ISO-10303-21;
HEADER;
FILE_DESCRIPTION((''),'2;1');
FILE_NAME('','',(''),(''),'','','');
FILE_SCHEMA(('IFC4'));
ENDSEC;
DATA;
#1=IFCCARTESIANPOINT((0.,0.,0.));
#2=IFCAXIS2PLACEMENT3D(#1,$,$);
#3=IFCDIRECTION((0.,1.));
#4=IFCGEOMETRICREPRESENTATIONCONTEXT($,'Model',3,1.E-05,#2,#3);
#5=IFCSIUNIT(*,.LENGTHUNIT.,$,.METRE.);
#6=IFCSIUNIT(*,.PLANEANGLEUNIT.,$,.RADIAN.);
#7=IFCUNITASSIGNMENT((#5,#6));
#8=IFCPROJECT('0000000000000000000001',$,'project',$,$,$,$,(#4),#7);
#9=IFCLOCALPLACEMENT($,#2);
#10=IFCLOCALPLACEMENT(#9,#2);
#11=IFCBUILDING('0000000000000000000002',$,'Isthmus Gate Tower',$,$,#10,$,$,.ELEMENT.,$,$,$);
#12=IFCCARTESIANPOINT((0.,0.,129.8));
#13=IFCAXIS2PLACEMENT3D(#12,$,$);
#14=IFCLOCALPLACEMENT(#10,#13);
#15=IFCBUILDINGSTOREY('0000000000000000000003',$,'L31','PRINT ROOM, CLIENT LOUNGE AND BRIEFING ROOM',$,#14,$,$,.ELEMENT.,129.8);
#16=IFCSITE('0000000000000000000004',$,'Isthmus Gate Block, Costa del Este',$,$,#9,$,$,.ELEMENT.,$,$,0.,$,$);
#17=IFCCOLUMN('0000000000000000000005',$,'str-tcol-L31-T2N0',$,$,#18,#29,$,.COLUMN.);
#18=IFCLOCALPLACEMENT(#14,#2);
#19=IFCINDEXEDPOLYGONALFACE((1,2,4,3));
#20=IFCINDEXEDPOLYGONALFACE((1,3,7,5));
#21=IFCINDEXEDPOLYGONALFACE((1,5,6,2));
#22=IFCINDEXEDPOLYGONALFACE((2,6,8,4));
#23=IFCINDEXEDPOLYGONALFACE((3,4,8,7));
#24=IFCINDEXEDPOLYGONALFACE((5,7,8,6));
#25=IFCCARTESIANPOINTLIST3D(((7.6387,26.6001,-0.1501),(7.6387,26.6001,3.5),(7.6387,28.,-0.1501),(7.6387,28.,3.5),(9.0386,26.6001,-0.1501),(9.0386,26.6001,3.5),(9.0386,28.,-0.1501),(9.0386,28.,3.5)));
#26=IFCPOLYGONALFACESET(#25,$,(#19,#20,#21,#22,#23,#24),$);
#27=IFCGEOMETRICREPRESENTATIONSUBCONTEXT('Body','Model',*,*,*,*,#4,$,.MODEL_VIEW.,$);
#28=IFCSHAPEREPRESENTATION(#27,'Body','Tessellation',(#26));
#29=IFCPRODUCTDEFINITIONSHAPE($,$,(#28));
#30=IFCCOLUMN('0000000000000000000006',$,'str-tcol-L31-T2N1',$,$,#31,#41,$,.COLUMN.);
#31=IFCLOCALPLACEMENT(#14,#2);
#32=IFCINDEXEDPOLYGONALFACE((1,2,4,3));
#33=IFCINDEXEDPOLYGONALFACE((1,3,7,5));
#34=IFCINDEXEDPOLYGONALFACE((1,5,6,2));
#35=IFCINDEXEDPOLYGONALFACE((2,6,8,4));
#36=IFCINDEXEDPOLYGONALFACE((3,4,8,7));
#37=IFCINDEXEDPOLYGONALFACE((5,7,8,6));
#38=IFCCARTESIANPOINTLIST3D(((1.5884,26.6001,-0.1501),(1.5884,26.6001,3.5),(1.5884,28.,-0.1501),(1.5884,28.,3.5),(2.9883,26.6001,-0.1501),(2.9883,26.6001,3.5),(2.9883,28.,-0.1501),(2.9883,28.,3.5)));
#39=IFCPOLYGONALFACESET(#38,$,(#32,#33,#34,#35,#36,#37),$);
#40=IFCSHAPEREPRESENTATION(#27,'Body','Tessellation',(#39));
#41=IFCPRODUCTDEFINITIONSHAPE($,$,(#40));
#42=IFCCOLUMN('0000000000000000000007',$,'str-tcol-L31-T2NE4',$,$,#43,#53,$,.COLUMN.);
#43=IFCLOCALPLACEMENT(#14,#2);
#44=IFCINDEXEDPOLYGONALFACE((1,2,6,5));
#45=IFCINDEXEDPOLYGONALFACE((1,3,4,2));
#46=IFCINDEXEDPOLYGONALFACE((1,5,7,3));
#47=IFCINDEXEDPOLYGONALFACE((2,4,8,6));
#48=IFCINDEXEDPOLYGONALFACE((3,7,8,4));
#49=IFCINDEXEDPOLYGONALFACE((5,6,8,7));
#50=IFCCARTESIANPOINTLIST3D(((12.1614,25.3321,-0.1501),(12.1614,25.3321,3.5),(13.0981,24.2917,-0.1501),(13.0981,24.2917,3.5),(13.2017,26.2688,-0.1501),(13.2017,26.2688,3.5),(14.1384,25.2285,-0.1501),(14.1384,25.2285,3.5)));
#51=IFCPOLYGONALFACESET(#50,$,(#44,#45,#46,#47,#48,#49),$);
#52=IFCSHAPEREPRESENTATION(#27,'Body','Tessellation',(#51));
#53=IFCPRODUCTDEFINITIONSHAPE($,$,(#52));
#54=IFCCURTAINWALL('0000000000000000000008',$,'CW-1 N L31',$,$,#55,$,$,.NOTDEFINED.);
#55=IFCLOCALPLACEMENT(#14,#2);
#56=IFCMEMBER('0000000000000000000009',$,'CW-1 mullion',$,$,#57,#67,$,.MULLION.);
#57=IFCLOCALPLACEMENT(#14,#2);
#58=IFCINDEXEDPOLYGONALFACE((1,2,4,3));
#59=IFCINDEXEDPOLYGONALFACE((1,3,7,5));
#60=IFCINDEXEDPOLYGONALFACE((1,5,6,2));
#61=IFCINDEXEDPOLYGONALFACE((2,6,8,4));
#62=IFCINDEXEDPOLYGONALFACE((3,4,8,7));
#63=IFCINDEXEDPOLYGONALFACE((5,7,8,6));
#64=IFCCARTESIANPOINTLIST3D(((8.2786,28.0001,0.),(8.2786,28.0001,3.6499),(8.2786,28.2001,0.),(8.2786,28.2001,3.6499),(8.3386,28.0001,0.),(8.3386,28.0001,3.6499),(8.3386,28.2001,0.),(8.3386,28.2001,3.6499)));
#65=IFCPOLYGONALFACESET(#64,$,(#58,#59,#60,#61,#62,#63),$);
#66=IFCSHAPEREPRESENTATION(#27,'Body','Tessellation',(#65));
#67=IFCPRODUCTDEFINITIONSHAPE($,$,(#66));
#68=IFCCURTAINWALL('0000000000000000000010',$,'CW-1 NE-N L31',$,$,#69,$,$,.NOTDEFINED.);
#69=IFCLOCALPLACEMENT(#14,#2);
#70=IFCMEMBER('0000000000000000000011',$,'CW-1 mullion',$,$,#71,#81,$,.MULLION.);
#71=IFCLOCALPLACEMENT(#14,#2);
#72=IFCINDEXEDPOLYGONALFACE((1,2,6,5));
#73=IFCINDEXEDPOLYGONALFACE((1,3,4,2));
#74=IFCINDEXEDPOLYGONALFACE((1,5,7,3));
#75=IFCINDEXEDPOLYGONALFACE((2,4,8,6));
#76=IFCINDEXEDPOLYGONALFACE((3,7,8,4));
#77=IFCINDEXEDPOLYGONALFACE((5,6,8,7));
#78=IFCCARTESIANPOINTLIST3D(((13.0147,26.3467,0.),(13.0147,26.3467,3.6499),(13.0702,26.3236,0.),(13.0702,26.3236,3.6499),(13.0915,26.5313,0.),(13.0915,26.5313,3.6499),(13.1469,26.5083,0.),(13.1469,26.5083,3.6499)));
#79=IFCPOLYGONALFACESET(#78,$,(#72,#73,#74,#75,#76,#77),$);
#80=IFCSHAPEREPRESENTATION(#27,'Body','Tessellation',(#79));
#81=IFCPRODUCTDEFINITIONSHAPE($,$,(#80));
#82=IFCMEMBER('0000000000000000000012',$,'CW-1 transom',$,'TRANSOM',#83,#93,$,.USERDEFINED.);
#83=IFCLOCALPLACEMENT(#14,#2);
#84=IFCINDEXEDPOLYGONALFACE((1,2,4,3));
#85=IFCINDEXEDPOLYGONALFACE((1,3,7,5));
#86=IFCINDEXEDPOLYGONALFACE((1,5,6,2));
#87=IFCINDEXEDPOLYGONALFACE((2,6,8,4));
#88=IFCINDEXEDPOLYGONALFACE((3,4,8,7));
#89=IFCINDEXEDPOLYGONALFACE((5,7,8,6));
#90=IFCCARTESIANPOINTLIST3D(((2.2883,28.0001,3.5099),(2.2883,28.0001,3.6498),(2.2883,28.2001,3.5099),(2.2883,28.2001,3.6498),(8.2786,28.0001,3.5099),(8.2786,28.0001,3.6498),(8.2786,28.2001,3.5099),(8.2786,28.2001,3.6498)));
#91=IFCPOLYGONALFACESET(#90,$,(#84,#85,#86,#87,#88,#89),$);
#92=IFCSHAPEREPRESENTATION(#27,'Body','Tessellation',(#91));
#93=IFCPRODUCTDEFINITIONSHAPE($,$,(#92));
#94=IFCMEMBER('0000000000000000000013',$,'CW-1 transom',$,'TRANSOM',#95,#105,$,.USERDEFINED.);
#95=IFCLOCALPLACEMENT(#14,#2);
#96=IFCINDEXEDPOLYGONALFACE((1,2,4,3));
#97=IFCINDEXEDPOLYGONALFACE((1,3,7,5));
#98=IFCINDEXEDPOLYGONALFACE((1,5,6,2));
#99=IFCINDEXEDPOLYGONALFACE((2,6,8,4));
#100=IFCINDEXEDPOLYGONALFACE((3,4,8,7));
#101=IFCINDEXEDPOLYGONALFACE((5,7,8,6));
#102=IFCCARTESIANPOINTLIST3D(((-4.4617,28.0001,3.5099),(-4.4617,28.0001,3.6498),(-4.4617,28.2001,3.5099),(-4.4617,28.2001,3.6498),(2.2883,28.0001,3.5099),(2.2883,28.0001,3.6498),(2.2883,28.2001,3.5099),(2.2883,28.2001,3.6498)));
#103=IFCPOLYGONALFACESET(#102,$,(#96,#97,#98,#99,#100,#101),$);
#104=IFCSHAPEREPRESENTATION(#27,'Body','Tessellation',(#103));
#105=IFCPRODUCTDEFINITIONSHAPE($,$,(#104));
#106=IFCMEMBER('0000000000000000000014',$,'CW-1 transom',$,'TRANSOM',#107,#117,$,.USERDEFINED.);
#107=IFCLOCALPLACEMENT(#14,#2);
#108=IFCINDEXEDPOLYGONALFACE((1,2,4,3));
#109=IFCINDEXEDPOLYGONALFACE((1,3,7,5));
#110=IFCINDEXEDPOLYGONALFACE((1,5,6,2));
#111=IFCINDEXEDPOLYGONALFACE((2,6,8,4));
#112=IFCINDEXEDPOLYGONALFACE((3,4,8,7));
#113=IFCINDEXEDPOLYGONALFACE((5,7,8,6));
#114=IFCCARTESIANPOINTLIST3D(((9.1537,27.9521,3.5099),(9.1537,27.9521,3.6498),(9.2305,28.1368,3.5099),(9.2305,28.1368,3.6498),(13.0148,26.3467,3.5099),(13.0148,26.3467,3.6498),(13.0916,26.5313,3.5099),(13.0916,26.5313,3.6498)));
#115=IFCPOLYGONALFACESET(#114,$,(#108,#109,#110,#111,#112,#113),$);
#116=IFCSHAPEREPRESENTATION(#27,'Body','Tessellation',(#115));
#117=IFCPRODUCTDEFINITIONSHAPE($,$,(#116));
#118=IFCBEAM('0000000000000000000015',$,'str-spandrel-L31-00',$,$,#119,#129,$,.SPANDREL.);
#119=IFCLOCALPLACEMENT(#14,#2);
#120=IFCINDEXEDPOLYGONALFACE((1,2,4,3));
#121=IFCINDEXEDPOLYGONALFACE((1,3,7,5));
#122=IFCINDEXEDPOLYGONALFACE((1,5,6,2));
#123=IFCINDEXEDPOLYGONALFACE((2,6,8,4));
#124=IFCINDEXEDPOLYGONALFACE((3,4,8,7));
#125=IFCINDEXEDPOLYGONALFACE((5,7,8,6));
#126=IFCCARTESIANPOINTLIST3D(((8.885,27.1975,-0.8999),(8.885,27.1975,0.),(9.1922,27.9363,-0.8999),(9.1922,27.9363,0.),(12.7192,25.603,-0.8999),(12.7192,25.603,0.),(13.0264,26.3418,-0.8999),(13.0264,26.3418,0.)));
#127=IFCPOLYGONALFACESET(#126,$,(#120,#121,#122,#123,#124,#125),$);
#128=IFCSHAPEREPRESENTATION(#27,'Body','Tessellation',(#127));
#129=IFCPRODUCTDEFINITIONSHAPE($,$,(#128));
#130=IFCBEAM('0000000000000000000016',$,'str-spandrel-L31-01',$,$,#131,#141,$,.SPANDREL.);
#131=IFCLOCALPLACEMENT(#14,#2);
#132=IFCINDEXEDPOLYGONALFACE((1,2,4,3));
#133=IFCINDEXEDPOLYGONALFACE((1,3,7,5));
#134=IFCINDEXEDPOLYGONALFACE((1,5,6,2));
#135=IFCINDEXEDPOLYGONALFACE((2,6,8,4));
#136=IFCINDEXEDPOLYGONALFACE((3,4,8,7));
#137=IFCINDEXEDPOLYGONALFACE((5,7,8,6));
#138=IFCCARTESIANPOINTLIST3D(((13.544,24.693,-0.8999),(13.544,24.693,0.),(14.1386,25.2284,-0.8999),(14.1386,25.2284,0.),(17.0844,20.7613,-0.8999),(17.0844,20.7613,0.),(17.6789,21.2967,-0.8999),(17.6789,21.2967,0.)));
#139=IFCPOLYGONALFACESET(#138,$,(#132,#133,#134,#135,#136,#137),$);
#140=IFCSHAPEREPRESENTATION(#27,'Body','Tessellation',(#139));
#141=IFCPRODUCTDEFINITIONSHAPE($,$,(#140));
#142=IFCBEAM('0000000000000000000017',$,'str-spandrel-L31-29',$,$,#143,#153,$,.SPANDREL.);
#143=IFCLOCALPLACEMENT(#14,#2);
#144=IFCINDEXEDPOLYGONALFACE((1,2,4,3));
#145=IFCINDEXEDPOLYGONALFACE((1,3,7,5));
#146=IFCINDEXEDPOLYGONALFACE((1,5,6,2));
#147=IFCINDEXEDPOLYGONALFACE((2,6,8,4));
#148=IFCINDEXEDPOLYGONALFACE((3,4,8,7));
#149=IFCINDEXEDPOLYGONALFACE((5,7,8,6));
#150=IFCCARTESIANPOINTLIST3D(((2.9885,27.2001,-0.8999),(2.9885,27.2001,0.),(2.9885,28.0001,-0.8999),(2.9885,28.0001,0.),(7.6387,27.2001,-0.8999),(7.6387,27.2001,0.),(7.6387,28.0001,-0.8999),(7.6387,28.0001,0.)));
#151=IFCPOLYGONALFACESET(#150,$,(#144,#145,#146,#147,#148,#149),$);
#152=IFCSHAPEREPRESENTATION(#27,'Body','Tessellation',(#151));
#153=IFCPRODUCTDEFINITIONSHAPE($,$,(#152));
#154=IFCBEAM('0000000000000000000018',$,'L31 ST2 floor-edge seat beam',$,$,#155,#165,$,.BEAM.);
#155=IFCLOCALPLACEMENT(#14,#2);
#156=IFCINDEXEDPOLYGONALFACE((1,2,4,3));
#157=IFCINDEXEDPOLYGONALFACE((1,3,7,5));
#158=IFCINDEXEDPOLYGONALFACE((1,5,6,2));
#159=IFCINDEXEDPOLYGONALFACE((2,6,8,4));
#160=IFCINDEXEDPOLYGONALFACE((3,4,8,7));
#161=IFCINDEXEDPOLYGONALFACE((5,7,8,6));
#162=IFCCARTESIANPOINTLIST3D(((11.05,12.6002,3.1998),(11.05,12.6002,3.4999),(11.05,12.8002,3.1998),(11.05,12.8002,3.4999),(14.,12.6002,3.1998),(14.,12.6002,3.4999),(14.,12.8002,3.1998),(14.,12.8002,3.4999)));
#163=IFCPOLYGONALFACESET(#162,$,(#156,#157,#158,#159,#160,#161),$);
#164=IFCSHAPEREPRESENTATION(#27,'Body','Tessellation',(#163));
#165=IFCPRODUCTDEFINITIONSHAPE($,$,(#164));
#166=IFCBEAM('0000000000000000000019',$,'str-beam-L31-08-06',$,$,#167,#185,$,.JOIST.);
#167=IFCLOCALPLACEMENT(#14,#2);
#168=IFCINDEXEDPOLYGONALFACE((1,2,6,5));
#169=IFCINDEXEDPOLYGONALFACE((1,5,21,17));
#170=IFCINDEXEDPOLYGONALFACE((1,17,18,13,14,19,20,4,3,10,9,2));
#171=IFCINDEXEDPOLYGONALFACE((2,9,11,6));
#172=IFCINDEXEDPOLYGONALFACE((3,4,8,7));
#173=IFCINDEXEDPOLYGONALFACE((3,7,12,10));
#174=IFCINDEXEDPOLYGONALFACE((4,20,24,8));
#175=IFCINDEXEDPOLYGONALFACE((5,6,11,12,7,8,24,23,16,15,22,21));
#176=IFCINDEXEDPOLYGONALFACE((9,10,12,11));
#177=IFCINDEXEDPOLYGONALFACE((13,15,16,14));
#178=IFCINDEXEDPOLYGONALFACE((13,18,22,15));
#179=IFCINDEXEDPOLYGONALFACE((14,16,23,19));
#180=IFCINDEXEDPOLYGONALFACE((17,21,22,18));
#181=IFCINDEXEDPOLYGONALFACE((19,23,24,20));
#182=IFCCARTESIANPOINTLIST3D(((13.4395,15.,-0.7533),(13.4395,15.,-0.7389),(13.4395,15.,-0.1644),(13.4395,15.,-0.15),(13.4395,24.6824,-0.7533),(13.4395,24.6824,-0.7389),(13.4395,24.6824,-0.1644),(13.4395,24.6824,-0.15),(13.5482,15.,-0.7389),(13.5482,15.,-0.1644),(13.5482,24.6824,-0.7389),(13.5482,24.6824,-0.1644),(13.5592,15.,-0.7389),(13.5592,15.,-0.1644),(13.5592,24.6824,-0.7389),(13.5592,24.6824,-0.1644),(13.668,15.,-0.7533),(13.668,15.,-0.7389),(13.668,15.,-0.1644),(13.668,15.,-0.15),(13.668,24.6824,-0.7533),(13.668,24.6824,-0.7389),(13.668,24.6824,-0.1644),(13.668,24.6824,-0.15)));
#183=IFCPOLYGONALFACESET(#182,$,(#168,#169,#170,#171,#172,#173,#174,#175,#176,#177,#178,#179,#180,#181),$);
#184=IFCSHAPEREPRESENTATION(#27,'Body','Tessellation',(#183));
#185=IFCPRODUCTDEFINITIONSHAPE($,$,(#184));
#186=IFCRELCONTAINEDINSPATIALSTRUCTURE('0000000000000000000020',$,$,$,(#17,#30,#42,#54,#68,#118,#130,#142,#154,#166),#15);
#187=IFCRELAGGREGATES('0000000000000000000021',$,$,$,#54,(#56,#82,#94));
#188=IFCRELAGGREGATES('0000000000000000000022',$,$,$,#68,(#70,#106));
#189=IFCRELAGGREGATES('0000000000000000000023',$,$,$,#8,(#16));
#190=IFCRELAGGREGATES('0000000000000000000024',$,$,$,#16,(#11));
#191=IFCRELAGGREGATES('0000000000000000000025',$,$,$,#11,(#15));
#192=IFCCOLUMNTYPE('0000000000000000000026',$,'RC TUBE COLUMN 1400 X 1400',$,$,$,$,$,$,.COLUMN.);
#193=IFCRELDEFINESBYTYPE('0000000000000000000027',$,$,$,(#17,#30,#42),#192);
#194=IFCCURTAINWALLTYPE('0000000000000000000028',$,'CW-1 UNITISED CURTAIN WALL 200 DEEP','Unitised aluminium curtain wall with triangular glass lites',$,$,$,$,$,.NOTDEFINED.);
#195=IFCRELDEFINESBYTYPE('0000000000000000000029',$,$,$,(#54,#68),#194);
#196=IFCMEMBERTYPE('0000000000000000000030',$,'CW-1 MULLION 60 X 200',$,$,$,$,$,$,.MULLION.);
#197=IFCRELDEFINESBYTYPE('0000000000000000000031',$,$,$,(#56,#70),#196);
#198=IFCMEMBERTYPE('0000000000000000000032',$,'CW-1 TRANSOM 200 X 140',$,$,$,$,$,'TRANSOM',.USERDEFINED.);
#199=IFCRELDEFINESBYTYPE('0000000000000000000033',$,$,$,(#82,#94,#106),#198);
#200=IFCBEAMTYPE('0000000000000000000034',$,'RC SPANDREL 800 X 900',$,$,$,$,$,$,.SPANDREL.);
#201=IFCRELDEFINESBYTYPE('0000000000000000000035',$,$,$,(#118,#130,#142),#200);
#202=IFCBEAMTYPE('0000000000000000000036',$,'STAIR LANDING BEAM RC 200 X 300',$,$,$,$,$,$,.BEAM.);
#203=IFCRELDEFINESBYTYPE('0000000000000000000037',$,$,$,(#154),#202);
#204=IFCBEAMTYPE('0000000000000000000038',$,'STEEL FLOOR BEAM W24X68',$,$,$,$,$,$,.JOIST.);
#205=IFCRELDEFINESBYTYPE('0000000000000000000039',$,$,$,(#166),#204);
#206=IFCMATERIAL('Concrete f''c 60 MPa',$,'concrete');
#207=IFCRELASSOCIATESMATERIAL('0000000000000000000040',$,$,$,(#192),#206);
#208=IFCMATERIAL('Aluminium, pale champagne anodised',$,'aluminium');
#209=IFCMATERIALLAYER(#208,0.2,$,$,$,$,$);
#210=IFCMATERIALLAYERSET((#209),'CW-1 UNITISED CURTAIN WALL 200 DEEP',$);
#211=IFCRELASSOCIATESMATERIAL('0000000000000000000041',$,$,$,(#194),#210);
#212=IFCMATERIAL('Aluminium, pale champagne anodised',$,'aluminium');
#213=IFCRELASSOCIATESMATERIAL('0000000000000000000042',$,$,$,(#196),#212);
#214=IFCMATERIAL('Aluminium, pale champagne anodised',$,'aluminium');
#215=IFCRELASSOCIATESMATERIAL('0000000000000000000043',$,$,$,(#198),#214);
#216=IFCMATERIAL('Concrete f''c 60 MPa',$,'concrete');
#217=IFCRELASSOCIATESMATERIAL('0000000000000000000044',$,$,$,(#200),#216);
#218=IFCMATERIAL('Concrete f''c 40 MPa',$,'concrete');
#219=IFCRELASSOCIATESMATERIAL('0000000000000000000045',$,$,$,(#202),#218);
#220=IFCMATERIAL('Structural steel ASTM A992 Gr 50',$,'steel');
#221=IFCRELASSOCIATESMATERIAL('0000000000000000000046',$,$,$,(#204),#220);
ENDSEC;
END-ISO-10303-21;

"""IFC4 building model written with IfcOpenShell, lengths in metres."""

from ifc_helpers import new_model, si_unit, direction, frame, origin, origin_2d, place, context, subcontext, project, spatial, rectangle, i_section, extrude, material, layer, layer_set, material_profile, profile_set, type_object, element, aggregate, save


model = new_model("IFC4")

# Units and contexts
model_context = context("Model", 3, precision=1e-05, world=origin(), true_north=direction((0.0, 1.0)))
body_context = subcontext(model_context, "Body", "Model", "MODEL_VIEW")
ifc_project = project(units=[si_unit("LENGTHUNIT", "METRE"), si_unit("PLANEANGLEUNIT", "RADIAN")], contexts=[model_context])

# Site, building, storey
site_placement = place(None, origin())
site = spatial("IfcSite", under=ifc_project, at=site_placement, Name="Isthmus Gate Block, Costa del Este", CompositionType="ELEMENT", RefElevation=0.0)
building_placement = place(site_placement, origin())
building = spatial("IfcBuilding", under=site, at=building_placement, Name="Isthmus Gate Tower", CompositionType="ELEMENT")
storey_placement = place(building_placement, frame((0.0, 0.0, 129.8)))
storey = spatial("IfcBuildingStorey", under=building, at=storey_placement, Name="L31", Description="PRINT ROOM, CLIENT LOUNGE AND BRIEFING ROOM", CompositionType="ELEMENT", Elevation=129.8)

# Columns
ifc_material_1 = material(Name="Concrete f'c 60 MPa", Category="concrete")
ifc_material_profile_1 = material_profile(ifc_material_1, rectangle(XDim=1.3999, YDim=1.3999, at=origin_2d()), Name="RC 1400X1400")
ifc_profile_set_1 = profile_set([ifc_material_profile_1], Name="Concrete f'c 60 MPa")
column_type = type_object("IfcColumnType", Name="RC TUBE COLUMN 1400 X 1400", PredefinedType="COLUMN", material=ifc_profile_set_1)
for number, where, z_axis, x_axis, name in (
    (1, (8.3386, 27.3, -0.1501), (0.0, 0.0, 1.0), (-1.0, 0.0, 0.0), "str-tcol-L31-T2N0"),
    (2, (2.2883, 27.3, -0.1501), (0.0, 0.0, 1.0), (-1.0, 0.0, 0.0), "str-tcol-L31-T2N1"),
    (3, (13.1499, 25.2803, -0.1501), (0.0, 0.0, 1.0), (-0.669131, 0.743145, 0.0), "str-tcol-L31-T2NE4"),
):
    element("IfcColumn", number, at=place(storey_placement, frame(where, z_axis=z_axis, x_axis=x_axis)), inside=storey, type_object=column_type, Name=name, PredefinedType="COLUMN", context=body_context, shape_type="SweptSolid", body=[
        extrude(rectangle(XDim=1.3999, YDim=1.3999, at=origin_2d()), origin(), (0.0, 0.0, 1.0), 3.6501),
    ])

# Curtain walls, members
ifc_material_2 = material(Name="Aluminium, pale champagne anodised", Category="aluminium")
ifc_layer_1 = layer(ifc_material_2, 0.2)
ifc_layer_set_1 = layer_set([ifc_layer_1], Name="CW-1 UNITISED CURTAIN WALL 200 DEEP")
curtain_wall_type = type_object("IfcCurtainWallType", Name="CW-1 UNITISED CURTAIN WALL 200 DEEP", Description="Unitised aluminium curtain wall with triangular glass lites", PredefinedType="NOTDEFINED", material=ifc_layer_set_1)
curtain_wall_1_placement = place(storey_placement, origin())
curtain_wall_1 = element("IfcCurtainWall", 4, at=curtain_wall_1_placement, inside=storey, type_object=curtain_wall_type, Name="CW-1 N L31", PredefinedType="NOTDEFINED")
ifc_material_3 = material(Name="Aluminium, pale champagne anodised", Category="aluminium")
ifc_material_profile_2 = material_profile(ifc_material_3, rectangle(XDim=0.0601, YDim=0.2, at=origin_2d()), Name="60x200")
ifc_profile_set_2 = profile_set([ifc_material_profile_2], Name="Aluminium, pale champagne anodised")
member_type_1 = type_object("IfcMemberType", Name="CW-1 MULLION 60 X 200", PredefinedType="MULLION", material=ifc_profile_set_2)
member_1_placement = place(storey_placement, frame((8.3086, 28.1001, 0.0), z_axis=(0.0, 0.0, 1.0), x_axis=(-1.0, 0.0, 0.0)))
member_1 = element("IfcMember", 5, at=member_1_placement, type_object=member_type_1, Name="CW-1 mullion", PredefinedType="MULLION", context=body_context, shape_type="SweptSolid", body=[
    extrude(rectangle(XDim=0.0601, YDim=0.2, at=origin_2d()), origin(), (0.0, 0.0, 1.0), 3.6499),
])
curtain_wall_2_placement = place(storey_placement, origin())
curtain_wall_2 = element("IfcCurtainWall", 6, at=curtain_wall_2_placement, inside=storey, type_object=curtain_wall_type, Name="CW-1 NE-N L31", PredefinedType="NOTDEFINED")
member_2_placement = place(storey_placement, frame((13.0808, 26.4275, 0.0), z_axis=(0.0, 0.0, 1.0), x_axis=(-0.923353, 0.383952, 0.0)))
member_2 = element("IfcMember", 7, at=member_2_placement, type_object=member_type_1, Name="CW-1 mullion", PredefinedType="MULLION", context=body_context, shape_type="SweptSolid", body=[
    extrude(rectangle(XDim=0.0601, YDim=0.2, at=origin_2d()), origin(), (0.0, 0.0, 1.0), 3.6499),
])

# Members
ifc_material_4 = material(Name="Aluminium, pale champagne anodised", Category="aluminium")
ifc_material_profile_3 = material_profile(ifc_material_4, rectangle(XDim=0.2, YDim=0.1399, at=origin_2d()), Name="200x140")
ifc_profile_set_3 = profile_set([ifc_material_profile_3], Name="Aluminium, pale champagne anodised")
member_type_2 = type_object("IfcMemberType", Name="CW-1 TRANSOM 200 X 140", ElementType="TRANSOM", PredefinedType="USERDEFINED", material=ifc_profile_set_3)
member_3_placement = place(storey_placement, frame((8.2786, 28.1001, 3.5798), z_axis=(-1.0, 0.0, 0.0), x_axis=(0.0, -1.0, 0.0)))
member_3 = element("IfcMember", 8, at=member_3_placement, type_object=member_type_2, Name="CW-1 transom", ObjectType="TRANSOM", PredefinedType="USERDEFINED", context=body_context, shape_type="SweptSolid", body=[
    extrude(rectangle(XDim=0.2, YDim=0.1399, at=origin_2d()), origin(), (0.0, 0.0, 1.0), 5.9902),
])
member_4_placement = place(storey_placement, frame((2.2883, 28.1001, 3.5798), z_axis=(-1.0, 0.0, 0.0), x_axis=(0.0, -1.0, 0.0)))
member_4 = element("IfcMember", 9, at=member_4_placement, type_object=member_type_2, Name="CW-1 transom", ObjectType="TRANSOM", PredefinedType="USERDEFINED", context=body_context, shape_type="SweptSolid", body=[
    extrude(rectangle(XDim=0.2, YDim=0.1399, at=origin_2d()), origin(), (0.0, 0.0, 1.0), 6.75),
])
member_5_placement = place(storey_placement, frame((13.0532, 26.439, 3.5798), z_axis=(-0.923358, 0.38394, 0.0), x_axis=(-0.38394, -0.923358, 0.0)))
member_5 = element("IfcMember", 10, at=member_5_placement, type_object=member_type_2, Name="CW-1 transom", ObjectType="TRANSOM", PredefinedType="USERDEFINED", context=body_context, shape_type="SweptSolid", body=[
    extrude(rectangle(XDim=0.2, YDim=0.1399, at=origin_2d()), origin(), (0.0, 0.0, 1.0), 4.1816),
])

# Beams
ifc_material_5 = material(Name="Concrete f'c 60 MPa", Category="concrete")
ifc_material_profile_4 = material_profile(ifc_material_5, rectangle(XDim=0.8, YDim=0.8999, at=origin_2d()), Name="RC 800X900")
ifc_profile_set_4 = profile_set([ifc_material_profile_4], Name="Concrete f'c 60 MPa")
beam_type_1 = type_object("IfcBeamType", Name="RC SPANDREL 800 X 900", PredefinedType="SPANDREL", material=ifc_profile_set_4)
beam_1_placement = place(storey_placement, frame((9.0386, 27.5669, -0.45), z_axis=(0.923343, -0.383977, 0.0), x_axis=(0.383977, 0.923343, 0.0)))
element("IfcBeam", 11, at=beam_1_placement, inside=storey, type_object=beam_type_1, Name="str-spandrel-L31-00", PredefinedType="SPANDREL", context=body_context, shape_type="SweptSolid", body=[
    extrude(rectangle(XDim=0.8, YDim=0.8999, at=origin_2d()), origin(), (0.0, 0.0, 1.0), 4.1526),
])
beam_2_placement = place(storey_placement, frame((13.8413, 24.9607, -0.45), z_axis=(0.669153, -0.743124, 0.0), x_axis=(0.743124, 0.669153, 0.0)))
element("IfcBeam", 12, at=beam_2_placement, inside=storey, type_object=beam_type_1, Name="str-spandrel-L31-01", PredefinedType="SPANDREL", context=body_context, shape_type="SweptSolid", body=[
    extrude(rectangle(XDim=0.8, YDim=0.8999, at=origin_2d()), origin(), (0.0, 0.0, 1.0), 5.2908),
])
beam_3_placement = place(storey_placement, frame((2.9885, 27.6001, -0.45), z_axis=(1.0, 0.0, 0.0), x_axis=(0.0, 1.0, 0.0)))
element("IfcBeam", 13, at=beam_3_placement, inside=storey, type_object=beam_type_1, Name="str-spandrel-L31-29", PredefinedType="SPANDREL", context=body_context, shape_type="SweptSolid", body=[
    extrude(rectangle(XDim=0.8, YDim=0.8999, at=origin_2d()), origin(), (0.0, 0.0, 1.0), 4.6501),
])
ifc_material_6 = material(Name="Concrete f'c 40 MPa", Category="concrete")
ifc_material_profile_5 = material_profile(ifc_material_6, rectangle(XDim=0.2, YDim=0.3, at=origin_2d()), Name="STAIR LANDING BEAM RC 200 X 300")
ifc_profile_set_5 = profile_set([ifc_material_profile_5], Name="Concrete f'c 40 MPa")
beam_type_2 = type_object("IfcBeamType", Name="STAIR LANDING BEAM RC 200 X 300", PredefinedType="BEAM", material=ifc_profile_set_5)
beam_4_placement = place(storey_placement, frame((11.05, 12.7002, 3.3499), z_axis=(1.0, 0.0, 0.0), x_axis=(0.0, 1.0, 0.0)))
element("IfcBeam", 14, at=beam_4_placement, inside=storey, type_object=beam_type_2, Name="L31 ST2 floor-edge seat beam", PredefinedType="BEAM", context=body_context, shape_type="SweptSolid", body=[
    extrude(rectangle(XDim=0.2, YDim=0.3, at=origin_2d()), origin(), (0.0, 0.0, 1.0), 2.95),
])
ifc_material_7 = material(Name="Structural steel ASTM A992 Gr 50", Category="steel")
ifc_material_profile_6 = material_profile(ifc_material_7, i_section(OverallWidth=0.2285, OverallDepth=0.6033, WebThickness=0.011, FlangeThickness=0.0144, at=origin_2d()), Name="W24X68")
ifc_profile_set_6 = profile_set([ifc_material_profile_6], Name="Structural steel ASTM A992 Gr 50")
beam_type_3 = type_object("IfcBeamType", Name="STEEL FLOOR BEAM W24X68", PredefinedType="JOIST", material=ifc_profile_set_6)
beam_5_placement = place(storey_placement, frame((13.5537, 15.0, -0.4517), z_axis=(0.0, 1.0, 0.0), x_axis=(-1.0, 0.0, 0.0)))
element("IfcBeam", 15, at=beam_5_placement, inside=storey, type_object=beam_type_3, Name="str-beam-L31-08-06", PredefinedType="JOIST", context=body_context, shape_type="SweptSolid", body=[
    extrude(i_section(OverallWidth=0.2285, OverallDepth=0.6033, WebThickness=0.011, FlangeThickness=0.0144, at=origin_2d()), origin(), (0.0, 0.0, 1.0), 9.6824),
])

aggregate(curtain_wall_1, [member_1, member_3, member_4])
aggregate(curtain_wall_2, [member_2, member_5])

save(model, "model.ifc")
